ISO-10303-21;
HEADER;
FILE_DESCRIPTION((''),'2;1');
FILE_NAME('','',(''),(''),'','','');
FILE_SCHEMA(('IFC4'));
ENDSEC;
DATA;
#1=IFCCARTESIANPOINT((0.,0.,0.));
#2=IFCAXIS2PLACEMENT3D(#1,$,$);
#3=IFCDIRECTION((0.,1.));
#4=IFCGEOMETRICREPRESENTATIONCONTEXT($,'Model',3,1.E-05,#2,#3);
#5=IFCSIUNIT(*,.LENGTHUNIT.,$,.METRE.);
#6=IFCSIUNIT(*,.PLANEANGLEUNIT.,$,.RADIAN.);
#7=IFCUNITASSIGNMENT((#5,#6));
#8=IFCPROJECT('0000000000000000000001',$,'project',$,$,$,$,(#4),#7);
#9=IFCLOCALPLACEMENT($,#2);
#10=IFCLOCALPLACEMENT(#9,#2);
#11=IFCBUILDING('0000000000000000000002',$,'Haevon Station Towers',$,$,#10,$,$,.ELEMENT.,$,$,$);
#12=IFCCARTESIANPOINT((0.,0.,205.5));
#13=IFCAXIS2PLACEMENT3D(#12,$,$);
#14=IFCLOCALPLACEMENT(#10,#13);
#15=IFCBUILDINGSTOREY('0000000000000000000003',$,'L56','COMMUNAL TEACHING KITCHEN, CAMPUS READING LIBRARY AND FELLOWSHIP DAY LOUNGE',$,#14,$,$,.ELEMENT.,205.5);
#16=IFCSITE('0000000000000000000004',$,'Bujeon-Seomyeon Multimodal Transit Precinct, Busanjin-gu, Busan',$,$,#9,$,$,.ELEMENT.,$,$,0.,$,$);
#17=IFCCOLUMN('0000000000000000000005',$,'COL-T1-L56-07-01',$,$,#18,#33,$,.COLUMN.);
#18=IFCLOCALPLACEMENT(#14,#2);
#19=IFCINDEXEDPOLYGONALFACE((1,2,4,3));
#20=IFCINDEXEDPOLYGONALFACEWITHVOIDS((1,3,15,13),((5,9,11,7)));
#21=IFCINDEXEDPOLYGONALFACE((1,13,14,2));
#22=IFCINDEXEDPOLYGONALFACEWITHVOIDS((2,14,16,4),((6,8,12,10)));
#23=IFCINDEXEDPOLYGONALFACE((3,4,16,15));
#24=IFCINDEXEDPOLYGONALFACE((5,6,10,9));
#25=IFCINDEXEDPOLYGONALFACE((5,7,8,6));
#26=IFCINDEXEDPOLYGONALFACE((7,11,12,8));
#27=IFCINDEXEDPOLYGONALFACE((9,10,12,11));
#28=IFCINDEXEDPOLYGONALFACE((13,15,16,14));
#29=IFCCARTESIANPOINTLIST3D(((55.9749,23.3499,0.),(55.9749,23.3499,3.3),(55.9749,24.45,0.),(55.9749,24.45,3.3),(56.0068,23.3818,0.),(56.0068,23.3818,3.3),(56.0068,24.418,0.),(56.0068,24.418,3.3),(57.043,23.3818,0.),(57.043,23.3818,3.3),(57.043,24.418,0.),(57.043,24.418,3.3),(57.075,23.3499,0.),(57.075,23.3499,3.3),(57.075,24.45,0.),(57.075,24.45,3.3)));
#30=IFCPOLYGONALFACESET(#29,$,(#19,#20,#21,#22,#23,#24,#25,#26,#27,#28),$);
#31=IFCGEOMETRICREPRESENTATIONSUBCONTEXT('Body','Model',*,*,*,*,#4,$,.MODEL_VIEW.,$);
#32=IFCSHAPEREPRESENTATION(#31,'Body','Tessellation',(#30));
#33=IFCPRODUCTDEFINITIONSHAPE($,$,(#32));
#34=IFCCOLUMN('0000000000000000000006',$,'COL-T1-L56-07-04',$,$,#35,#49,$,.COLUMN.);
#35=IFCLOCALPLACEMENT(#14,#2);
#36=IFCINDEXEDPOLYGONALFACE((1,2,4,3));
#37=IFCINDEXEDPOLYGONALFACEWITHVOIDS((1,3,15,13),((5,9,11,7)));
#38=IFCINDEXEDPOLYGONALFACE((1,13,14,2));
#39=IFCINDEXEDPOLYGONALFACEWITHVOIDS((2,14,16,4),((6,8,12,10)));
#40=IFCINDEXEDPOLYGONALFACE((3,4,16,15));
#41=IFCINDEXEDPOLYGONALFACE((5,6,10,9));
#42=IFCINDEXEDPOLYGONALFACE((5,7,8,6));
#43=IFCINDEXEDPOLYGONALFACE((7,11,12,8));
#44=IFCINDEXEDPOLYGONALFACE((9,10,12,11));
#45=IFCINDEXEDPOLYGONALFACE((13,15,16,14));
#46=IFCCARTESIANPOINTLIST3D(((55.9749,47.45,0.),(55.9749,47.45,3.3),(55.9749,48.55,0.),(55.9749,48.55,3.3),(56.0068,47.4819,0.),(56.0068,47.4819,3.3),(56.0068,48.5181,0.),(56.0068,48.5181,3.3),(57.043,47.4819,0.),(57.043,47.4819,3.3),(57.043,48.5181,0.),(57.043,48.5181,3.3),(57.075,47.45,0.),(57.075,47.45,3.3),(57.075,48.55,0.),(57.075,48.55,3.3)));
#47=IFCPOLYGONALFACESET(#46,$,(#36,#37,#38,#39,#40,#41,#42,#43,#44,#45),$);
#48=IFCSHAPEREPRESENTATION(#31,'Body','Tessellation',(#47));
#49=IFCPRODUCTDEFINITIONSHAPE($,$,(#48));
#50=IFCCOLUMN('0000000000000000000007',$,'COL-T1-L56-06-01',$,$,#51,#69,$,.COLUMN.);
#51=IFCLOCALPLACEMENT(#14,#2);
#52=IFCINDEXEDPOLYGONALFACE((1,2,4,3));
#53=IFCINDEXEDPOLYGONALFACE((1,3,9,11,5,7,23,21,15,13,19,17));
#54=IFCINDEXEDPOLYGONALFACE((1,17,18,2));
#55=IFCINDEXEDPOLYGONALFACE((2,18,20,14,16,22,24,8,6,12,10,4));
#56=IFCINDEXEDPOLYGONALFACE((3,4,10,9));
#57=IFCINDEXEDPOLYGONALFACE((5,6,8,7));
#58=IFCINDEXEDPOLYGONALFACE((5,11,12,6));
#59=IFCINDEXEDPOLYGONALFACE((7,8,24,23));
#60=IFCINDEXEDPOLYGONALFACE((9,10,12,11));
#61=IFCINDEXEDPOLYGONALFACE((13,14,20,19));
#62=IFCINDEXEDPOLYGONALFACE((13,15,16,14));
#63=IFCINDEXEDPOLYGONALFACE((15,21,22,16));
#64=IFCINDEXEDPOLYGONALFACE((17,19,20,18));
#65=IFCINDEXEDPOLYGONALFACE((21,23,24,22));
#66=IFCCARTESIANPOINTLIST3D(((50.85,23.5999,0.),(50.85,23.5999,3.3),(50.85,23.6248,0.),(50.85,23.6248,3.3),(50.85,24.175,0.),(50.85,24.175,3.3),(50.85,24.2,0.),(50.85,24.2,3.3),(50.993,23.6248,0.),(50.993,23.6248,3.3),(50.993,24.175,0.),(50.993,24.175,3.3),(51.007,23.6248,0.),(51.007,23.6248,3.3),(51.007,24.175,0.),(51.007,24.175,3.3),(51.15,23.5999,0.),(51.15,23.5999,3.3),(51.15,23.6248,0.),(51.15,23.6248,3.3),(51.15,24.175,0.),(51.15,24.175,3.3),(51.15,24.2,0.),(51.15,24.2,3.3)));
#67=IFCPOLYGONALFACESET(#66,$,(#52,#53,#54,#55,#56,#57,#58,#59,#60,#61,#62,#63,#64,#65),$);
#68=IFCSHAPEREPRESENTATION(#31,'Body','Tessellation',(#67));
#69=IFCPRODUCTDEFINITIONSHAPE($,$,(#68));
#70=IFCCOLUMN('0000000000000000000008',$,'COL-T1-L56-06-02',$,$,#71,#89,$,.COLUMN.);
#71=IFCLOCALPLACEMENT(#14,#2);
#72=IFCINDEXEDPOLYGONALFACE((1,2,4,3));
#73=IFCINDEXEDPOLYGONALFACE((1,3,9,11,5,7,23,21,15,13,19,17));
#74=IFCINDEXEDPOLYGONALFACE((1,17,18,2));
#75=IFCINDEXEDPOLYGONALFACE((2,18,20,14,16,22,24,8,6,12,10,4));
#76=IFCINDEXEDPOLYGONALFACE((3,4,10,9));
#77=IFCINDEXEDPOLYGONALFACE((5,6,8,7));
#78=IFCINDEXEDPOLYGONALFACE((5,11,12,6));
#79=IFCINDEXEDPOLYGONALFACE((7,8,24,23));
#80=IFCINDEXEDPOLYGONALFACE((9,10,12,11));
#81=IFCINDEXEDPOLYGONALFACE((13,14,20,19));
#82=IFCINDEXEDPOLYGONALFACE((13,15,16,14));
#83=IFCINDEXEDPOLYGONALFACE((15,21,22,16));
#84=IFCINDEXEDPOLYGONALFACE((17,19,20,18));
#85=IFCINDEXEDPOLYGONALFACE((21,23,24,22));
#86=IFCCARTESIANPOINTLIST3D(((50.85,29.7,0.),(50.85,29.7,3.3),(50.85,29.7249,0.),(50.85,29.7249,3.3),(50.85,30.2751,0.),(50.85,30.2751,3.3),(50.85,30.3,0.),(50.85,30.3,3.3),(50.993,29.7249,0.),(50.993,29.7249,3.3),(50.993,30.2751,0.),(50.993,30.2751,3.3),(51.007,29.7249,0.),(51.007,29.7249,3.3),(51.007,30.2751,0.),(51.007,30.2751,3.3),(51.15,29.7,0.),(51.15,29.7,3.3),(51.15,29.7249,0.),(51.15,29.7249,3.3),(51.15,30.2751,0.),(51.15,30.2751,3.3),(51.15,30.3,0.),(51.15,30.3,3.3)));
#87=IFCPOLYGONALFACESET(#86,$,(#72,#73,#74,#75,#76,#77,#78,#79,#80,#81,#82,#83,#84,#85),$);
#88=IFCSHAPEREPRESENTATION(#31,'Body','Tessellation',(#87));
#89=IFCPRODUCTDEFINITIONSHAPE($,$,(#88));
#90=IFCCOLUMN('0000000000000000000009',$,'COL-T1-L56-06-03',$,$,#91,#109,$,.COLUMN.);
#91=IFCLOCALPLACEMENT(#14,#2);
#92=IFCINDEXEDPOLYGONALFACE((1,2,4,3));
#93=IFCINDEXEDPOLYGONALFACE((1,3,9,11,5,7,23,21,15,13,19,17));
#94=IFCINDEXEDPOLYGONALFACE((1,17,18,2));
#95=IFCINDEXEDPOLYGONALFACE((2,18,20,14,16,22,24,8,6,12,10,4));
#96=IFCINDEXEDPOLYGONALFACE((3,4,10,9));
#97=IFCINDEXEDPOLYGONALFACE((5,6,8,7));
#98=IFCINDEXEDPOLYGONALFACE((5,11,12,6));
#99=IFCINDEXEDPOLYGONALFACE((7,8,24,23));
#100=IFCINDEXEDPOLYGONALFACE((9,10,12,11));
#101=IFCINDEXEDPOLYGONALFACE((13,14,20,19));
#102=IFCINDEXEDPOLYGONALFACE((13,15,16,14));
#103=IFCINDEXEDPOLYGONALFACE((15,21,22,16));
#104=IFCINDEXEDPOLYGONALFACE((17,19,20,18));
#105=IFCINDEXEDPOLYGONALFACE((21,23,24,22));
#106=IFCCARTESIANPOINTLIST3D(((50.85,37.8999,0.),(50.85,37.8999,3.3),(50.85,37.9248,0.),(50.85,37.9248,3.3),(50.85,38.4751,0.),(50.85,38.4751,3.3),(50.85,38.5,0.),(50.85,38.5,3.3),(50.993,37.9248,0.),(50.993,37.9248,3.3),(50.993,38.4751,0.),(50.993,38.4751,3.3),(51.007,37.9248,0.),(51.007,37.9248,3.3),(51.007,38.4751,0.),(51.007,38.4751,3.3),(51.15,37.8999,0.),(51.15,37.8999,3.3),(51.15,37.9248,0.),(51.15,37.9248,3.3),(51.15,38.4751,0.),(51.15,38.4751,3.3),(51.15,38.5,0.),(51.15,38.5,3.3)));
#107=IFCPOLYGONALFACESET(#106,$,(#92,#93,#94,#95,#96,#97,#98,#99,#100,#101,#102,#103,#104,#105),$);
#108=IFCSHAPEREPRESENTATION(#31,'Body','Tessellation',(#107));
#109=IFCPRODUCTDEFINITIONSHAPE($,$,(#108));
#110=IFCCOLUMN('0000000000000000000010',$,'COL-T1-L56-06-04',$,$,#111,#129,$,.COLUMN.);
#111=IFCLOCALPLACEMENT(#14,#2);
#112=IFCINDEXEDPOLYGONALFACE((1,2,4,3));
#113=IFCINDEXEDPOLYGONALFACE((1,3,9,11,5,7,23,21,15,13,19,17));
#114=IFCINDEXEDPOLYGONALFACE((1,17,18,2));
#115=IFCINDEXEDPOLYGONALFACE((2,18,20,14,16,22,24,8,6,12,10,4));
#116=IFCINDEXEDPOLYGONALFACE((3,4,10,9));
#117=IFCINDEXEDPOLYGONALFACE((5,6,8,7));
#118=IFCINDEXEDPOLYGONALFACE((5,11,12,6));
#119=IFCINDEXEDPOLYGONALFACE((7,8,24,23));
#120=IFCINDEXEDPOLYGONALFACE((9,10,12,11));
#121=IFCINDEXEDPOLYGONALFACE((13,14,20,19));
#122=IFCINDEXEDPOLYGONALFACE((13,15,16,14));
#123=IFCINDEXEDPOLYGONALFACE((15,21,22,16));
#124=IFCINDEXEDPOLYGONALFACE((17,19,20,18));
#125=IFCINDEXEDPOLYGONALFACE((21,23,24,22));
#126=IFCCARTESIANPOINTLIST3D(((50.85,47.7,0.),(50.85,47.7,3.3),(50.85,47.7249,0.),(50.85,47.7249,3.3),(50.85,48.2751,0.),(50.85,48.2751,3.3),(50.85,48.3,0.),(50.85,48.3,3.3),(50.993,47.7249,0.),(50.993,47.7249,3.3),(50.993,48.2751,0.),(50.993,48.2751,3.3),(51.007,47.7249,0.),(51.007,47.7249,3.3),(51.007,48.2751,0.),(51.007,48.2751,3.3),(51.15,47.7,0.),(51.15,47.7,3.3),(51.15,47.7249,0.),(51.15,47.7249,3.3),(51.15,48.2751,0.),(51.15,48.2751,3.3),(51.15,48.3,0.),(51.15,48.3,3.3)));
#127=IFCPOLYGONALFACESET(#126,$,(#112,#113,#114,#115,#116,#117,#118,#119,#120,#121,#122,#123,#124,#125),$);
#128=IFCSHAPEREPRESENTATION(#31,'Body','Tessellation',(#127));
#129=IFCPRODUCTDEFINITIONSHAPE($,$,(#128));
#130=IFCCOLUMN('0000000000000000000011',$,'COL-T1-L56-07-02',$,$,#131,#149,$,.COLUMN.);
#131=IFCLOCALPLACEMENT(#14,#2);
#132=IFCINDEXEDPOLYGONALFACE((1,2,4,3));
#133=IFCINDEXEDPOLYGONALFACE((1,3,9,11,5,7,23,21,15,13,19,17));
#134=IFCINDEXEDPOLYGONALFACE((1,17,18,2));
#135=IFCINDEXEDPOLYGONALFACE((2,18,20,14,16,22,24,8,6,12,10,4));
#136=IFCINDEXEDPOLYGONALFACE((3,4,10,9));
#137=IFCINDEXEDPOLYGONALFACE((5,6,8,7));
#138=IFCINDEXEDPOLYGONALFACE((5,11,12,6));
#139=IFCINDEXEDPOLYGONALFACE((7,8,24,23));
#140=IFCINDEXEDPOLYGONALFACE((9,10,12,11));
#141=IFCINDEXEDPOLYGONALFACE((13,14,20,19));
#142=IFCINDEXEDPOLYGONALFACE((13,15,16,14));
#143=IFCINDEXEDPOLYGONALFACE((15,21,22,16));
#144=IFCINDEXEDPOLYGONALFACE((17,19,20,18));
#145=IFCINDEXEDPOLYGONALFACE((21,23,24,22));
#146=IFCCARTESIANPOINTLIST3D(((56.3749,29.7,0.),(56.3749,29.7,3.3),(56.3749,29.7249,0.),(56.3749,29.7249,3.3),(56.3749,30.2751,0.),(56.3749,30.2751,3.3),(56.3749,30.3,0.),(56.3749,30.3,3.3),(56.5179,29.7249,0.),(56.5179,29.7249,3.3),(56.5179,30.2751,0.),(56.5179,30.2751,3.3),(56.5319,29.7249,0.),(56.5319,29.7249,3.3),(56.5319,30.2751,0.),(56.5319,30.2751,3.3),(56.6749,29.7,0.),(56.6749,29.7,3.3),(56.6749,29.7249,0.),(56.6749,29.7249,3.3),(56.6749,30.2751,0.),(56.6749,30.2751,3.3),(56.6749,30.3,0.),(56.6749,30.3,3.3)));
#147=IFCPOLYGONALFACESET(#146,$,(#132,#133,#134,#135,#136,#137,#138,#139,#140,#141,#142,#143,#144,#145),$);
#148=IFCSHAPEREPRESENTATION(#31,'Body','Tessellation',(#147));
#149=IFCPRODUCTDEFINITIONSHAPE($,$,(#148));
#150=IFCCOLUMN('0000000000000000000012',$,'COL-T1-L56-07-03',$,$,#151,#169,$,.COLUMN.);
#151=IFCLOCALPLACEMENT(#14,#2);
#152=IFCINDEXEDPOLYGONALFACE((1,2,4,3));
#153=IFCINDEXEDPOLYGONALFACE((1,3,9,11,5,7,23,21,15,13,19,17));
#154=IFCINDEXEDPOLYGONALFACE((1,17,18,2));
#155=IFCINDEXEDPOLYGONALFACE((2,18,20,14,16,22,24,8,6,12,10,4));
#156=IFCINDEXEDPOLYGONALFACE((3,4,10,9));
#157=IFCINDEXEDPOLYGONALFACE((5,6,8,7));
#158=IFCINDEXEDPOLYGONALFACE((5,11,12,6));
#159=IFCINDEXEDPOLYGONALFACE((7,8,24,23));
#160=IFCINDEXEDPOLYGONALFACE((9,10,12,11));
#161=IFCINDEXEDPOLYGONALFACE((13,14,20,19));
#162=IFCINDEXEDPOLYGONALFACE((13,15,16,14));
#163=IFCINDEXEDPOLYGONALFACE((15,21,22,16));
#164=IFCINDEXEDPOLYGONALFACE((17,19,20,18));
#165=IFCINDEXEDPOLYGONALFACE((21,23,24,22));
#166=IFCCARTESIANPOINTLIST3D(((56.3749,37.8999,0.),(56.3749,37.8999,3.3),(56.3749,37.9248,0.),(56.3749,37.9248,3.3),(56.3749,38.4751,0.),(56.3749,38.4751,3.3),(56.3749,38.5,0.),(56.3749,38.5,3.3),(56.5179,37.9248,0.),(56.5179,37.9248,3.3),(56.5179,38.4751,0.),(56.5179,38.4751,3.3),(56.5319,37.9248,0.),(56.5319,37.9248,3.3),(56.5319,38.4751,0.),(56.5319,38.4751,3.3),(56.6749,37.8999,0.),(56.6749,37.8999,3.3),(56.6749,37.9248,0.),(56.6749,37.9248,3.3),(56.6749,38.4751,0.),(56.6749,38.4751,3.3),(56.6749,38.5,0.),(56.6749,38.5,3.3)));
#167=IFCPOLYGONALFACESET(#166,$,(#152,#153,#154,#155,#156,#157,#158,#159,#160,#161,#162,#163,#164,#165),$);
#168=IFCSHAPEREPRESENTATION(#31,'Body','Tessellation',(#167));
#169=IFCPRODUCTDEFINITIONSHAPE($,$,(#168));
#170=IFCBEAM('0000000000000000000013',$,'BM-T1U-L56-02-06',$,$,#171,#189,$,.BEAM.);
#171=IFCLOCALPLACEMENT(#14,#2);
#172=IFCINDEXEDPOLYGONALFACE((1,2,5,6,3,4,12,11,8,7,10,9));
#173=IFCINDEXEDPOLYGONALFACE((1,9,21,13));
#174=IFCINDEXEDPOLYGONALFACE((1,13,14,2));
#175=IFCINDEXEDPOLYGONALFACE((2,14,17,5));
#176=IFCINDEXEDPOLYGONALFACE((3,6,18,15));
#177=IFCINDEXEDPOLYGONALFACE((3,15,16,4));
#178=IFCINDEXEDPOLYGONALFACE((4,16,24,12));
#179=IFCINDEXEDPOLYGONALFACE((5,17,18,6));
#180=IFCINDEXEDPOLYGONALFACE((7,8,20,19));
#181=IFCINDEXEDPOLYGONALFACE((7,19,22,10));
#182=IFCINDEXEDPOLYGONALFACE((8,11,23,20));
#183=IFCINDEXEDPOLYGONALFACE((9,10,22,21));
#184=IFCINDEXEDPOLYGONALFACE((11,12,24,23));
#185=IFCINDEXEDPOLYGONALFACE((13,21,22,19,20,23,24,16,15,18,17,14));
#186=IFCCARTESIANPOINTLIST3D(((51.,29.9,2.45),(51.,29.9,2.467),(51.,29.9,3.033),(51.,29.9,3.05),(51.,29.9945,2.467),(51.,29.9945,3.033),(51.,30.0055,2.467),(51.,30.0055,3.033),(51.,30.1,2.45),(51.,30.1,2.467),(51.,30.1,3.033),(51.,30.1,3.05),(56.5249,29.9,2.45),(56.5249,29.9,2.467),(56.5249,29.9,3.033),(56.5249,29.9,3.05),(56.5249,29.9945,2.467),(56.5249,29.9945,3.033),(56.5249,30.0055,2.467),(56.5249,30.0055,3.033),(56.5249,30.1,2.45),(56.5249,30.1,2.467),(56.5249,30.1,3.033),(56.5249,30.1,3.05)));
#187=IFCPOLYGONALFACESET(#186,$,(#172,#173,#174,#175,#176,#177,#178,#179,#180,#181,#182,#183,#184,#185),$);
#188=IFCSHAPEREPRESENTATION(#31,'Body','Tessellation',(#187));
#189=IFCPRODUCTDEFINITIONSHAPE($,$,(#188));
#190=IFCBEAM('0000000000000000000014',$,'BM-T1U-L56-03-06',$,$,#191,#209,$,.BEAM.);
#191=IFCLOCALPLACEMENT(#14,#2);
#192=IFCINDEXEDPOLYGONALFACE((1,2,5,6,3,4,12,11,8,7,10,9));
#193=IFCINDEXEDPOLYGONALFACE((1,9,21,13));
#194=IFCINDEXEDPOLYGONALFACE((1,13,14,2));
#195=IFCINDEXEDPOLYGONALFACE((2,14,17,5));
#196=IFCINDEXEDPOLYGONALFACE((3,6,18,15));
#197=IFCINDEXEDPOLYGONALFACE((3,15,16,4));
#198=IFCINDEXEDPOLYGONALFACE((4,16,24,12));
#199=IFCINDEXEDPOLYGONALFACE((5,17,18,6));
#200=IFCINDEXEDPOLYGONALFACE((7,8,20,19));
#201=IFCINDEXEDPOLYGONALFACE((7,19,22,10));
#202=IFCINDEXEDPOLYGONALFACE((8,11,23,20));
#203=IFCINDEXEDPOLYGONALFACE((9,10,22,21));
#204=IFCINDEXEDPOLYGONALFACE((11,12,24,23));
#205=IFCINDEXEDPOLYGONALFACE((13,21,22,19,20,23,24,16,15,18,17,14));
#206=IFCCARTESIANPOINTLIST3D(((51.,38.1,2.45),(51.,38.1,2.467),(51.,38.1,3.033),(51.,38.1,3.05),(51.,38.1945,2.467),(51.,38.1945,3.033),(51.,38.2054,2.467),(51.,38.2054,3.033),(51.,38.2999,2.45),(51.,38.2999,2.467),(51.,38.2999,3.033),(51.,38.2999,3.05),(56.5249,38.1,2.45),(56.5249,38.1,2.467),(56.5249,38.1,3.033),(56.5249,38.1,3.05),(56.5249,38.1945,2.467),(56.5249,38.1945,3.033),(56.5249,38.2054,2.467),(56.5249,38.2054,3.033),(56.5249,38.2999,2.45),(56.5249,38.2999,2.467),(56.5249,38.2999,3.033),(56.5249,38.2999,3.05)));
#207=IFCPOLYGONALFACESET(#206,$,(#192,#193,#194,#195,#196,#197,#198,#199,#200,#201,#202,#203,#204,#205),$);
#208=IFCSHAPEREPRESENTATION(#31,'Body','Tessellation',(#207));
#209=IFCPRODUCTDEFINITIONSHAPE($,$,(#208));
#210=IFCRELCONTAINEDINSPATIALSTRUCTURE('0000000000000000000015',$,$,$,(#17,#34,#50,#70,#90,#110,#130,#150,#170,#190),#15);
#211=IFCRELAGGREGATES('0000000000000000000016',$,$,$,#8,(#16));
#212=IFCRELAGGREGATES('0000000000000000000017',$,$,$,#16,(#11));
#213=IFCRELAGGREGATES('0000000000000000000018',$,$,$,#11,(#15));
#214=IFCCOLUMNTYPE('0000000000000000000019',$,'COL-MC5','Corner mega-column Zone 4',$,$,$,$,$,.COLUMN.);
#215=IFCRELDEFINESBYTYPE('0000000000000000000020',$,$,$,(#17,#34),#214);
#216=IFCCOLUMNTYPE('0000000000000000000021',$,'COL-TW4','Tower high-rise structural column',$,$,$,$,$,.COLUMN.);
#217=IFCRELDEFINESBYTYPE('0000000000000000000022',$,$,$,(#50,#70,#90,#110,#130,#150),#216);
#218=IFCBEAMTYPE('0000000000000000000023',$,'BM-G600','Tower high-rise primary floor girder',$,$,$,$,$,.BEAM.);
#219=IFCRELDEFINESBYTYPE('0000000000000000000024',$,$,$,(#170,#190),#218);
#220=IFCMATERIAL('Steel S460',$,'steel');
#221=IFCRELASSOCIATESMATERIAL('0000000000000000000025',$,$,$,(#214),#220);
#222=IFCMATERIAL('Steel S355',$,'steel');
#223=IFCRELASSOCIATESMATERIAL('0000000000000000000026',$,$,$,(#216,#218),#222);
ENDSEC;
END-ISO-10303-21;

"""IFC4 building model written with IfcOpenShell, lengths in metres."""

from ifc_helpers import new_model, si_unit, direction, frame, origin, origin_2d, place, context, subcontext, project, spatial, hollow_rectangle, i_section, extrude, material, material_profile, profile_set, type_object, element, save


model = new_model("IFC4")

# Units and contexts
model_context = context("Model", 3, precision=1e-05, world=origin(), true_north=direction((0.0, 1.0)))
body_context = subcontext(model_context, "Body", "Model", "MODEL_VIEW")
ifc_project = project(units=[si_unit("LENGTHUNIT", "METRE"), si_unit("PLANEANGLEUNIT", "RADIAN")], contexts=[model_context])

# Site, building, storey
site_placement = place(None, origin())
site = spatial("IfcSite", under=ifc_project, at=site_placement, Name="Bujeon-Seomyeon Multimodal Transit Precinct, Busanjin-gu, Busan", CompositionType="ELEMENT", RefElevation=0.0)
building_placement = place(site_placement, origin())
building = spatial("IfcBuilding", under=site, at=building_placement, Name="Haevon Station Towers", CompositionType="ELEMENT")
storey_placement = place(building_placement, frame((0.0, 0.0, 205.5)))
storey = spatial("IfcBuildingStorey", under=building, at=storey_placement, Name="L56", Description="COMMUNAL TEACHING KITCHEN, CAMPUS READING LIBRARY AND FELLOWSHIP DAY LOUNGE", CompositionType="ELEMENT", Elevation=205.5)

# Columns
ifc_material_1 = material(Name="Steel S460", Category="steel")
ifc_material_profile_1 = material_profile(ifc_material_1, hollow_rectangle(XDim=1.1001, YDim=1.1001, WallThickness=0.032, at=origin_2d()), Name="BOX-1100x1100x32")
ifc_profile_set_1 = profile_set([ifc_material_profile_1], Name="Steel S460")
column_type_1 = type_object("IfcColumnType", Name="COL-MC5", Description="Corner mega-column Zone 4", PredefinedType="COLUMN", material=ifc_profile_set_1)
for number, where, z_axis, x_axis, name in (
    (1, (56.5249, 23.8999, 0.0), (0.0, 0.0, 1.0), (1.0, 0.0, 0.0), "COL-T1-L56-07-01"),
    (2, (56.5249, 48.0, 0.0), (0.0, 0.0, 1.0), (1.0, 0.0, 0.0), "COL-T1-L56-07-04"),
):
    element("IfcColumn", number, at=place(storey_placement, frame(where, z_axis=z_axis, x_axis=x_axis)), inside=storey, type_object=column_type_1, Name=name, PredefinedType="COLUMN", context=body_context, shape_type="SweptSolid", body=[
        extrude(hollow_rectangle(XDim=1.1001, YDim=1.1001, WallThickness=0.032, at=origin_2d()), origin(), (0.0, 0.0, 1.0), 3.3),
    ])
ifc_material_2 = material(Name="Steel S355", Category="steel")
ifc_material_profile_2 = material_profile(ifc_material_2, i_section(OverallWidth=0.3, OverallDepth=0.6001, WebThickness=0.0139, FlangeThickness=0.0249, at=origin_2d()), Name="H-600x300x14x25")
ifc_profile_set_2 = profile_set([ifc_material_profile_2], Name="Steel S355")
column_type_2 = type_object("IfcColumnType", Name="COL-TW4", Description="Tower high-rise structural column", PredefinedType="COLUMN", material=ifc_profile_set_2)
for number, where, z_axis, x_axis, name in (
    (3, (51.0, 23.8999, 0.0), (0.0, 0.0, 1.0), (1.0, 0.0, 0.0), "COL-T1-L56-06-01"),
    (4, (51.0, 30.0, 0.0), (0.0, 0.0, 1.0), (1.0, 0.0, 0.0), "COL-T1-L56-06-02"),
    (5, (51.0, 38.2, 0.0), (0.0, 0.0, 1.0), (1.0, 0.0, 0.0), "COL-T1-L56-06-03"),
    (6, (51.0, 48.0, 0.0), (0.0, 0.0, 1.0), (1.0, 0.0, 0.0), "COL-T1-L56-06-04"),
    (7, (56.5249, 30.0, 0.0), (0.0, 0.0, 1.0), (1.0, 0.0, 0.0), "COL-T1-L56-07-02"),
    (8, (56.5249, 38.2, 0.0), (0.0, 0.0, 1.0), (1.0, 0.0, 0.0), "COL-T1-L56-07-03"),
):
    element("IfcColumn", number, at=place(storey_placement, frame(where, z_axis=z_axis, x_axis=x_axis)), inside=storey, type_object=column_type_2, Name=name, PredefinedType="COLUMN", context=body_context, shape_type="SweptSolid", body=[
        extrude(i_section(OverallWidth=0.3, OverallDepth=0.6001, WebThickness=0.0139, FlangeThickness=0.0249, at=origin_2d()), origin(), (0.0, 0.0, 1.0), 3.3),
    ])

# Beams
ifc_material_profile_3 = material_profile(ifc_material_2, i_section(OverallWidth=0.2, OverallDepth=0.6001, WebThickness=0.011, FlangeThickness=0.0171, at=origin_2d()), Name="H-600x200x11x17")
ifc_profile_set_3 = profile_set([ifc_material_profile_3], Name="Steel S355")
beam_type_1 = type_object("IfcBeamType", Name="BM-G600", Description="Tower high-rise primary floor girder", PredefinedType="BEAM", material=ifc_profile_set_3)
for number, where, z_axis, x_axis, name in (
    (9, (51.0, 30.0, 2.75), (1.0, 0.0, 0.0), (0.0, 1.0, 0.0), "BM-T1U-L56-02-06"),
    (10, (51.0, 38.2, 2.75), (1.0, 0.0, 0.0), (0.0, 1.0, 0.0), "BM-T1U-L56-03-06"),
):
    element("IfcBeam", number, at=place(storey_placement, frame(where, z_axis=z_axis, x_axis=x_axis)), inside=storey, type_object=beam_type_1, Name=name, PredefinedType="BEAM", context=body_context, shape_type="SweptSolid", body=[
        extrude(i_section(OverallWidth=0.2, OverallDepth=0.6001, WebThickness=0.011, FlangeThickness=0.0171, at=origin_2d()), origin(), (0.0, 0.0, 1.0), 5.5249),
    ])

save(model, "model.ifc")
